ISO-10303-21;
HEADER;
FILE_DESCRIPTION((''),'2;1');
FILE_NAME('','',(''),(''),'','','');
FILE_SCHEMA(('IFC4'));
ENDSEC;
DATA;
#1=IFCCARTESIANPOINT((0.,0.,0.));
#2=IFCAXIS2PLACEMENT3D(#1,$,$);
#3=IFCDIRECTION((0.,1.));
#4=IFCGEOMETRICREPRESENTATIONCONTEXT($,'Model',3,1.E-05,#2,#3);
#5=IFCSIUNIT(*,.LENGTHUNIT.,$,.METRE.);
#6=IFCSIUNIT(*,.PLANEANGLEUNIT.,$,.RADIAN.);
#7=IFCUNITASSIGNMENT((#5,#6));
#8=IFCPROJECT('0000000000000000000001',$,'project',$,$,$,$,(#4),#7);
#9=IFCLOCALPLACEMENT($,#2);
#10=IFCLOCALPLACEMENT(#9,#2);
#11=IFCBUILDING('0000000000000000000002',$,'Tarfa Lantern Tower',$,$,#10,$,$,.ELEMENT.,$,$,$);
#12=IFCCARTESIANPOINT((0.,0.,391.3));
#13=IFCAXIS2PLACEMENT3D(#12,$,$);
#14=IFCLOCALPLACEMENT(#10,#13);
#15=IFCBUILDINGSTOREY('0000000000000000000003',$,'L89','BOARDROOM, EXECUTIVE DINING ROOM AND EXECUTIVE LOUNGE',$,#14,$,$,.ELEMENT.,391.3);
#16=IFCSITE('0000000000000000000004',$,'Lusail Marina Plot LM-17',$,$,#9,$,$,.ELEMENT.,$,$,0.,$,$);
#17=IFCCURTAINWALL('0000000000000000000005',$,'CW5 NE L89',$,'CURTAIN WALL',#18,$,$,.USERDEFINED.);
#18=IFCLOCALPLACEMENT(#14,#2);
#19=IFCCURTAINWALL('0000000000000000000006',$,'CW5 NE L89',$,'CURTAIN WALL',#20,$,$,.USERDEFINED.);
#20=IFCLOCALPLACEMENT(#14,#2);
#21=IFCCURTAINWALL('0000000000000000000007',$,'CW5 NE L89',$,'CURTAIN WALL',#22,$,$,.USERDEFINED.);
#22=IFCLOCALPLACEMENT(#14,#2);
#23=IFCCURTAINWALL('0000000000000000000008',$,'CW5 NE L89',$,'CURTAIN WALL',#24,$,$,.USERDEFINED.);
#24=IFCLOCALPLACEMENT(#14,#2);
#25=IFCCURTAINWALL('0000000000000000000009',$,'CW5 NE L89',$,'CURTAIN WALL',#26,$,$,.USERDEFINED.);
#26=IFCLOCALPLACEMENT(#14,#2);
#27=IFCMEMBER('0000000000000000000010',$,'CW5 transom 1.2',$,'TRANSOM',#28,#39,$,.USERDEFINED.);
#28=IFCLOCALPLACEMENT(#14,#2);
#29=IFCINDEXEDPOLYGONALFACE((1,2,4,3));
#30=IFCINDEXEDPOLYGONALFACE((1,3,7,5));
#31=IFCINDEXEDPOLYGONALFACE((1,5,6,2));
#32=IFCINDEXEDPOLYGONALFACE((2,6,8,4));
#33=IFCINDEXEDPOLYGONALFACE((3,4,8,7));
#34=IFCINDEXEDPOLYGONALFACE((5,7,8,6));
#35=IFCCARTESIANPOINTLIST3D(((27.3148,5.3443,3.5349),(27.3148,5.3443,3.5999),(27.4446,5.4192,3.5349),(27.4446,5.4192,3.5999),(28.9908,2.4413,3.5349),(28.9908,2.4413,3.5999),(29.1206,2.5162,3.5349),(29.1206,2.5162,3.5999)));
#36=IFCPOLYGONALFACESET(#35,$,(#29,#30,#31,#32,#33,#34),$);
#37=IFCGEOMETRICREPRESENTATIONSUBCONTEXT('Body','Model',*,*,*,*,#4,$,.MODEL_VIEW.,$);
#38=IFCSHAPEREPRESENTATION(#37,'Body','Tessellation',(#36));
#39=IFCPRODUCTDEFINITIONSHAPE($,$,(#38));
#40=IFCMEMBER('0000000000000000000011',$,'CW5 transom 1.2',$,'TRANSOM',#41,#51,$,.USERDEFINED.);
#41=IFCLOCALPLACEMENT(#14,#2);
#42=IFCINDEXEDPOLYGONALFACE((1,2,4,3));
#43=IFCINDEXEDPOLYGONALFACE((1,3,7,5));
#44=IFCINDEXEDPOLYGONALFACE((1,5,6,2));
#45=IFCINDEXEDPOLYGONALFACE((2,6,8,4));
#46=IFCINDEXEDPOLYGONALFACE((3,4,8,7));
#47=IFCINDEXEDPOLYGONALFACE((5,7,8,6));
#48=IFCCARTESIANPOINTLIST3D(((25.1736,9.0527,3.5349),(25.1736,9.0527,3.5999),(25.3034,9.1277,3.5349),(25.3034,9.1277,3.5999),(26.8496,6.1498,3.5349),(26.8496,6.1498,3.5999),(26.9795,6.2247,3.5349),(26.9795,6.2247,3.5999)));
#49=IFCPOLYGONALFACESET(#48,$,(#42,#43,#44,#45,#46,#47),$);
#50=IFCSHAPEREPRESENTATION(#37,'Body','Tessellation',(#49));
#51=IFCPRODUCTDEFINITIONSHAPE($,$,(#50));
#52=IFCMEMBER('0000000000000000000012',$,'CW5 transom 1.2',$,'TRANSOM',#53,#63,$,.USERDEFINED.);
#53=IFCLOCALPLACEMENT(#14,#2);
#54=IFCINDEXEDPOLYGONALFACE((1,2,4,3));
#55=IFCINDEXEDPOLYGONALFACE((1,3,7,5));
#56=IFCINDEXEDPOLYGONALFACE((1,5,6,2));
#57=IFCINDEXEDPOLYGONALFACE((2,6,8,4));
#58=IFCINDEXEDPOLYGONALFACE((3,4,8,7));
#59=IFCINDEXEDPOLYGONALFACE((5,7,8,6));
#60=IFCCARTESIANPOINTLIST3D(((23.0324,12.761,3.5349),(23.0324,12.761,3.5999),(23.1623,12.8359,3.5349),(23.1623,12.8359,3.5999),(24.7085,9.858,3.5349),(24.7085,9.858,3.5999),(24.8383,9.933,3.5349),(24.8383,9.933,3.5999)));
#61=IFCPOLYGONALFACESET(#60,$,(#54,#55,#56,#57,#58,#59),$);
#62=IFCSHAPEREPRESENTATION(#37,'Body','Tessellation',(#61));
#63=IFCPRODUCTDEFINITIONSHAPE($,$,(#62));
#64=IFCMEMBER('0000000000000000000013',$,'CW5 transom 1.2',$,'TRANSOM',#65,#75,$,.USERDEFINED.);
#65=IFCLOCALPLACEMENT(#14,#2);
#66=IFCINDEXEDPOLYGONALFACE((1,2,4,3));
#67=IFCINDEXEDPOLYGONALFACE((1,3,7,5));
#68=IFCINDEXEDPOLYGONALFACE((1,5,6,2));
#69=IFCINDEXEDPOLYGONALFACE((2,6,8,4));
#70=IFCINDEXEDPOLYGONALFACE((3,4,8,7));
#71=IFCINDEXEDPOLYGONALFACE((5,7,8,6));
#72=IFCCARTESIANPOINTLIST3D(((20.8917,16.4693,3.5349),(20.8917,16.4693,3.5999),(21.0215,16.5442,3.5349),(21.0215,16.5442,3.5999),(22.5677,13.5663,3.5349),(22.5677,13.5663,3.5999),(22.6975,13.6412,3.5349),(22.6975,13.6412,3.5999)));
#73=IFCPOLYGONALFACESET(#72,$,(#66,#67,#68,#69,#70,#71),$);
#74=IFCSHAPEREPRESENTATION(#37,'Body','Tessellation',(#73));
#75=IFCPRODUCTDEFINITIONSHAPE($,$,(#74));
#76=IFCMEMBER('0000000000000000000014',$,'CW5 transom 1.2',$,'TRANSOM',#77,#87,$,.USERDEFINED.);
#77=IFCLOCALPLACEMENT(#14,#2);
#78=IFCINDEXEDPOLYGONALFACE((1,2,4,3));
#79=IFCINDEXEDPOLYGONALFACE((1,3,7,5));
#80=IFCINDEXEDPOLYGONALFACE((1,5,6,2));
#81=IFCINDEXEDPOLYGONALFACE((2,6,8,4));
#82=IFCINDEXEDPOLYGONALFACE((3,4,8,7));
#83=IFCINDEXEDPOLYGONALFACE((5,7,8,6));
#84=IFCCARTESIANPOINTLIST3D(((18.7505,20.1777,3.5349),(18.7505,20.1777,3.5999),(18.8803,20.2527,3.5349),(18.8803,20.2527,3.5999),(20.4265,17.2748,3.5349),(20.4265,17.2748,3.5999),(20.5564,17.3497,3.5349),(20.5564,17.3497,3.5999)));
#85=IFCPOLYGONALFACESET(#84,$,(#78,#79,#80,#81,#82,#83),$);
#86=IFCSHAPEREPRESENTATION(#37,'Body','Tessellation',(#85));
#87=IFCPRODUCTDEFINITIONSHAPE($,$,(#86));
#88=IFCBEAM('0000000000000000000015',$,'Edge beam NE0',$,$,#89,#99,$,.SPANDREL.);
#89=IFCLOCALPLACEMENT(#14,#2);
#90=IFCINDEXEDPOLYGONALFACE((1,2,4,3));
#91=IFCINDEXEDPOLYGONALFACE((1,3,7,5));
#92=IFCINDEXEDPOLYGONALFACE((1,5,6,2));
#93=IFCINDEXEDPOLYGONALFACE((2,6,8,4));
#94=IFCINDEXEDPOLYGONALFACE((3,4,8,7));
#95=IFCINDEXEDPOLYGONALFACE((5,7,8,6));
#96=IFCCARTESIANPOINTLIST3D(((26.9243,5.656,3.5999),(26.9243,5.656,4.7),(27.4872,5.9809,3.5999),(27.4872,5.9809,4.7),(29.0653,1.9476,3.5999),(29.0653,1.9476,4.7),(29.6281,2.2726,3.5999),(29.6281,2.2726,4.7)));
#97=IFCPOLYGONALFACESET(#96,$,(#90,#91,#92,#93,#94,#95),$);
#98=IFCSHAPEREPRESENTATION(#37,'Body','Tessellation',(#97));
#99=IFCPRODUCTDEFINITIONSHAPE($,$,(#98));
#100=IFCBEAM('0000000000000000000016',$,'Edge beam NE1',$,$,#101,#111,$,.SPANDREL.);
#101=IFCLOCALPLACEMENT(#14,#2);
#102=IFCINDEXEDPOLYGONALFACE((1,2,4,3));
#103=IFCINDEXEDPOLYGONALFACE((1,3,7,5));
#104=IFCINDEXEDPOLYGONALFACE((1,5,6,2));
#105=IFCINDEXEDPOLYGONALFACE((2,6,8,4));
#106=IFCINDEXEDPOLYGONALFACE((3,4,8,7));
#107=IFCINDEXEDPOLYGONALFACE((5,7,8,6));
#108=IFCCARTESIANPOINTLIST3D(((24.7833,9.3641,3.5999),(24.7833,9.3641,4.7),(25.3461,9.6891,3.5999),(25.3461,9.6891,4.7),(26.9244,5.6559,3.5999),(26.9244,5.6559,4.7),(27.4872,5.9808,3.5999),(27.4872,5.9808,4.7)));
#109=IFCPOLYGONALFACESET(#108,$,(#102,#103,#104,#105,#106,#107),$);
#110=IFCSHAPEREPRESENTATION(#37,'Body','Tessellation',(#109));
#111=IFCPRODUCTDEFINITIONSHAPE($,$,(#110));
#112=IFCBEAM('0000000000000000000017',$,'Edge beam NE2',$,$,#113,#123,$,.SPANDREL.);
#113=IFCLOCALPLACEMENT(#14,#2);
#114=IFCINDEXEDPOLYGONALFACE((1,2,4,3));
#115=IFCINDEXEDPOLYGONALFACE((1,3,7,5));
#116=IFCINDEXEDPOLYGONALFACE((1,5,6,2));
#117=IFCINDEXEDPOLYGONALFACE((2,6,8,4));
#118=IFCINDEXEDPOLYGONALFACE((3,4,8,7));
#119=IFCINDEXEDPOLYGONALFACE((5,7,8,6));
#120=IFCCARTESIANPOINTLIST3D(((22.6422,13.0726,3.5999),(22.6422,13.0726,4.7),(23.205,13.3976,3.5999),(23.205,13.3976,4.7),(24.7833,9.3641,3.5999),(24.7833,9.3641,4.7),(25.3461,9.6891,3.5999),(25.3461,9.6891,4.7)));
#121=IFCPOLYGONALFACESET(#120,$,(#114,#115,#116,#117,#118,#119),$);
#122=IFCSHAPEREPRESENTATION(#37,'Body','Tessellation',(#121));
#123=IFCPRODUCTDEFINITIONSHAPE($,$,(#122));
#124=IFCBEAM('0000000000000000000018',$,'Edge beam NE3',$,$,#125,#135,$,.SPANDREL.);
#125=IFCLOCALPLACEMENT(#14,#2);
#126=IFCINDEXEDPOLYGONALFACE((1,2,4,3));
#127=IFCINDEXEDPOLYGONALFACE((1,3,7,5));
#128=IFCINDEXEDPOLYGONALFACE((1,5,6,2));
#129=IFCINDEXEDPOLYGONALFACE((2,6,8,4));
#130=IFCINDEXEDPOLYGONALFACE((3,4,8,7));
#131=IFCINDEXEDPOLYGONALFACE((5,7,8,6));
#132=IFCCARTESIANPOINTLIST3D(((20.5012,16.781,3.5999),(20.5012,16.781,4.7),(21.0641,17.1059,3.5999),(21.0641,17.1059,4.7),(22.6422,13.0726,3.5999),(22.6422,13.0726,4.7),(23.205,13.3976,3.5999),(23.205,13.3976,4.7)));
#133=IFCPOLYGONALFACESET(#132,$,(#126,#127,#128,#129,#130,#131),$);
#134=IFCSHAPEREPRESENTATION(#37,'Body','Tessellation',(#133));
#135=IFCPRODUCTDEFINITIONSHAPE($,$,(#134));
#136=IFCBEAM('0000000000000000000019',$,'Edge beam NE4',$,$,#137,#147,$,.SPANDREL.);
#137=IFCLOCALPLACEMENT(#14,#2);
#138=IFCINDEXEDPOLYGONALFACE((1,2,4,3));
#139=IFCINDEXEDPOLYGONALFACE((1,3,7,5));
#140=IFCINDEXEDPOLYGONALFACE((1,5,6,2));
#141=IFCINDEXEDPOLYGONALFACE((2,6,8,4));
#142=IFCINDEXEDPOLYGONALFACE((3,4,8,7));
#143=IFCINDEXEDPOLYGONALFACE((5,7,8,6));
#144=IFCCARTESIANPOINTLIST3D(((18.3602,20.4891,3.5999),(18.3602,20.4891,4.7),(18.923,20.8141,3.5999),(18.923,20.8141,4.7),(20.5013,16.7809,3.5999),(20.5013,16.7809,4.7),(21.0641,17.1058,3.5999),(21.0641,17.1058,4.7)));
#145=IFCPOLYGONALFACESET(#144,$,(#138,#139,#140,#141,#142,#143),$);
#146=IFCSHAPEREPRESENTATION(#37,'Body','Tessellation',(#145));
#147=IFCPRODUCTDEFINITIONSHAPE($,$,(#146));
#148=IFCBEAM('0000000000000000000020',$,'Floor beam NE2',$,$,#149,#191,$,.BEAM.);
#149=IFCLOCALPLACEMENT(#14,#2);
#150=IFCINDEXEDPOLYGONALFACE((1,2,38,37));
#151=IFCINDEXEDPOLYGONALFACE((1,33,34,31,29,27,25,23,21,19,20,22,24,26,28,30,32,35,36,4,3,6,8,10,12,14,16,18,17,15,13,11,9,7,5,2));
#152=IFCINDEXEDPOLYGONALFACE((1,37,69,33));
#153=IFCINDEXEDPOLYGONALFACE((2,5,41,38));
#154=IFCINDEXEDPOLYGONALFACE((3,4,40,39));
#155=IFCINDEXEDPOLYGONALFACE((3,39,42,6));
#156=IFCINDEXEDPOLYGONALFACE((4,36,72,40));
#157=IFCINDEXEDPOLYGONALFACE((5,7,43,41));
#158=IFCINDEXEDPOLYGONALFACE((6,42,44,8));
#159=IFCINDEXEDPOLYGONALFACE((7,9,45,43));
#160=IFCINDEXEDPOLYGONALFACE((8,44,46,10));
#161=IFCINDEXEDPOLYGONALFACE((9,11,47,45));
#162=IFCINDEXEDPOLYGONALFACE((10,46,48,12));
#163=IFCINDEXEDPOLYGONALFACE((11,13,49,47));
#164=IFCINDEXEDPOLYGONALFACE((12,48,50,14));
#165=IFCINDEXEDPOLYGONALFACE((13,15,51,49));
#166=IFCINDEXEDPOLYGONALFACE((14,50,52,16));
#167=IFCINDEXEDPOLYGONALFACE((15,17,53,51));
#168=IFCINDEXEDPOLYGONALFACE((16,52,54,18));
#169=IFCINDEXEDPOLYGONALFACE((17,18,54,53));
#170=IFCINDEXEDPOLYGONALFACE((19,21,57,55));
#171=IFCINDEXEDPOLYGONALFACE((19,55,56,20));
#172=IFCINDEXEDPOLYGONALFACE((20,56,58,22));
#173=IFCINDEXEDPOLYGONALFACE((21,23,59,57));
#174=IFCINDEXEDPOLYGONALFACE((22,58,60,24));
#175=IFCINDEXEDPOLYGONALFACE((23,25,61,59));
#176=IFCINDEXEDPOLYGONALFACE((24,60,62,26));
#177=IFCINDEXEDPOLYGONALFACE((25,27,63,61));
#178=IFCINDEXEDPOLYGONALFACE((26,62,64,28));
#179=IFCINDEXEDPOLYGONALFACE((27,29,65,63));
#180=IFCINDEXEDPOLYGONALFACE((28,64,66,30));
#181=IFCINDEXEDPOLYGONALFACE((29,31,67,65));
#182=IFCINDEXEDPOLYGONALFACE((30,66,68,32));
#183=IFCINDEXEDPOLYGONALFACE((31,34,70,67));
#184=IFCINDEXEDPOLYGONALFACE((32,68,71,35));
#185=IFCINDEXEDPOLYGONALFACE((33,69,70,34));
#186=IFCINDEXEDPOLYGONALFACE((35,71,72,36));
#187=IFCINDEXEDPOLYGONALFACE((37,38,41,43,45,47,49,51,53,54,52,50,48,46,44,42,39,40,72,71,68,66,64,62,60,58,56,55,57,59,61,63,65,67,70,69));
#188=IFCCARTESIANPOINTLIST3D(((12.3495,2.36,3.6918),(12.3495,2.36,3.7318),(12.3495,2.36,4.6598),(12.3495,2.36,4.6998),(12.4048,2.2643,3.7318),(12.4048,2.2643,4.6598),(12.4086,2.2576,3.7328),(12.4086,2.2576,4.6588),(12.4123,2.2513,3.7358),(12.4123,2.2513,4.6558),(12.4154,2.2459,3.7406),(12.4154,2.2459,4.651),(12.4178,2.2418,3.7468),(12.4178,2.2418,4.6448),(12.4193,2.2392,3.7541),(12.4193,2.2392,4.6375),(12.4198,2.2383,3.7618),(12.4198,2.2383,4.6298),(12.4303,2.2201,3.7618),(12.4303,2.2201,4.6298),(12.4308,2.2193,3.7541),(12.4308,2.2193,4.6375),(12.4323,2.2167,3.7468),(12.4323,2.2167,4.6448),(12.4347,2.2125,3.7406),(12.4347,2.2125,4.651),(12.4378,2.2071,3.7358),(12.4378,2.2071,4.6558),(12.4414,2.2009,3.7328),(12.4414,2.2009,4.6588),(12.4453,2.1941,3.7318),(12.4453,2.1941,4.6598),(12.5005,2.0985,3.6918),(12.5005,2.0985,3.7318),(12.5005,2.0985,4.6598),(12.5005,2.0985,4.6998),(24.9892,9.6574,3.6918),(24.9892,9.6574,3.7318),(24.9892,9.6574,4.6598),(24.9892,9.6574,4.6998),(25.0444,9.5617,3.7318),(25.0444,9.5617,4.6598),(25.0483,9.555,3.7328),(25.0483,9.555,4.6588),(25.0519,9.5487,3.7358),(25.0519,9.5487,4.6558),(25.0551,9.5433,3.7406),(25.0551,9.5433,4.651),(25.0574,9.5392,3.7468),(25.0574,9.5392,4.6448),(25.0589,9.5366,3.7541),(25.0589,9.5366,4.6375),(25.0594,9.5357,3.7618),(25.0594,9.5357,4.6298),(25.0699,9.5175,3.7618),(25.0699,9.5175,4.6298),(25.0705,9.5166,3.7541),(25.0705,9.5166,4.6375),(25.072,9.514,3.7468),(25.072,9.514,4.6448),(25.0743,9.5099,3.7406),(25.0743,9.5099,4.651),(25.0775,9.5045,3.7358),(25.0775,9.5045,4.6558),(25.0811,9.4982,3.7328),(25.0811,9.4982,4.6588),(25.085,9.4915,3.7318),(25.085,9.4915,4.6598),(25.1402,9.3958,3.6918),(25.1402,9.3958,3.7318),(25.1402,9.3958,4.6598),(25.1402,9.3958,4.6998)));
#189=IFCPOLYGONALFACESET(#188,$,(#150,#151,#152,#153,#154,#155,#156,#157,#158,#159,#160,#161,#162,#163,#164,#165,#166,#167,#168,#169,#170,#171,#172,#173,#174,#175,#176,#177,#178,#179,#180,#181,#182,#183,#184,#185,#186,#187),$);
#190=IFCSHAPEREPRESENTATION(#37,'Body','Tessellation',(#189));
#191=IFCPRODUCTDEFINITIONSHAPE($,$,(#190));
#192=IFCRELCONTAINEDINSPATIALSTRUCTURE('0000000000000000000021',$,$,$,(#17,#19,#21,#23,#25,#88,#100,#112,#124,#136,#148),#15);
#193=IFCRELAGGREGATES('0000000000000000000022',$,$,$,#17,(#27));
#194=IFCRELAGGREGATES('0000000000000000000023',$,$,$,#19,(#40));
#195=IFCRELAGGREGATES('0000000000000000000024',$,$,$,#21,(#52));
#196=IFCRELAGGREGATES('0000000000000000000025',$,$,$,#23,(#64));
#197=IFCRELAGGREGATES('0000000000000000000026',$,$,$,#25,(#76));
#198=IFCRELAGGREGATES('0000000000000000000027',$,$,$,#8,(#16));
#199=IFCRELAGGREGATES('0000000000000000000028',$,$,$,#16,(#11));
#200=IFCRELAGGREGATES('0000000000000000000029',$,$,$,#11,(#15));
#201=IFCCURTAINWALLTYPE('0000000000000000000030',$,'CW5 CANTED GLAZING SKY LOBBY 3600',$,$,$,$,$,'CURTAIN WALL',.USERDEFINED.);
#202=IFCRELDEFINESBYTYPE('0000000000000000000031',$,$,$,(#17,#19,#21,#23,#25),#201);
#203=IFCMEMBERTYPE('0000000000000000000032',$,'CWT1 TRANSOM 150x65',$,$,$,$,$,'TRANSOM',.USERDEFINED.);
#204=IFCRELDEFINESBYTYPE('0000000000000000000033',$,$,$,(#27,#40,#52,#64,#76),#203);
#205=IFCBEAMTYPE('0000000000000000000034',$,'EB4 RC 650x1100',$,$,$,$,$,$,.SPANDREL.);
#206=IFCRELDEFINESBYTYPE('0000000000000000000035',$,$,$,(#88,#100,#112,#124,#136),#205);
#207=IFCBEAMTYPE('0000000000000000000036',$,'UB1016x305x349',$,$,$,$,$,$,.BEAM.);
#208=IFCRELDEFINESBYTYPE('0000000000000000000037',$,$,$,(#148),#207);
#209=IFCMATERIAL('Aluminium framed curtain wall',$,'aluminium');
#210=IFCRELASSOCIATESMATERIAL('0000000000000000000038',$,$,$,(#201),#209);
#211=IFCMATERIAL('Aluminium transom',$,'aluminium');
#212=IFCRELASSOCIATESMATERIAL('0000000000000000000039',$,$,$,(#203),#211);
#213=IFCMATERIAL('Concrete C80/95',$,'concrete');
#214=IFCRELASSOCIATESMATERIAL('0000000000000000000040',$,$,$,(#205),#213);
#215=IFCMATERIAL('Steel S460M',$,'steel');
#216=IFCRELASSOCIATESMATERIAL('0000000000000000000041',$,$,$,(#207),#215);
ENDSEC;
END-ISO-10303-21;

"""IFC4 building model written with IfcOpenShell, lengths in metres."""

from ifc_helpers import new_model, si_unit, direction, frame, origin, origin_2d, place, context, subcontext, project, spatial, rectangle, i_section, extrude, material, material_profile, profile_set, type_object, element, aggregate, save


model = new_model("IFC4")

# Units and contexts
model_context = context("Model", 3, precision=1e-05, world=origin(), true_north=direction((0.0, 1.0)))
body_context = subcontext(model_context, "Body", "Model", "MODEL_VIEW")
ifc_project = project(units=[si_unit("LENGTHUNIT", "METRE"), si_unit("PLANEANGLEUNIT", "RADIAN")], contexts=[model_context])

# Site, building, storey
site_placement = place(None, origin())
site = spatial("IfcSite", under=ifc_project, at=site_placement, Name="Lusail Marina Plot LM-17", CompositionType="ELEMENT", RefElevation=0.0)
building_placement = place(site_placement, origin())
building = spatial("IfcBuilding", under=site, at=building_placement, Name="Tarfa Lantern Tower", CompositionType="ELEMENT")
storey_placement = place(building_placement, frame((0.0, 0.0, 391.3)))
storey = spatial("IfcBuildingStorey", under=building, at=storey_placement, Name="L89", Description="BOARDROOM, EXECUTIVE DINING ROOM AND EXECUTIVE LOUNGE", CompositionType="ELEMENT", Elevation=391.3)

# Shared definitions
ifc_material_1 = material(Name="Concrete C80/95", Category="concrete")

# Curtain walls
ifc_material_2 = material(Name="Aluminium framed curtain wall", Category="aluminium")
curtain_wall_type = type_object("IfcCurtainWallType", Name="CW5 CANTED GLAZING SKY LOBBY 3600", ElementType="CURTAIN WALL", PredefinedType="USERDEFINED", material=ifc_material_2)
curtain_wall_1_placement = place(storey_placement, origin())
curtain_wall_1 = element("IfcCurtainWall", 1, at=curtain_wall_1_placement, inside=storey, type_object=curtain_wall_type, Name="CW5 NE L89", ObjectType="CURTAIN WALL", PredefinedType="USERDEFINED")
curtain_wall_2_placement = place(storey_placement, origin())
curtain_wall_2 = element("IfcCurtainWall", 2, at=curtain_wall_2_placement, inside=storey, type_object=curtain_wall_type, Name="CW5 NE L89", ObjectType="CURTAIN WALL", PredefinedType="USERDEFINED")
curtain_wall_3_placement = place(storey_placement, origin())
curtain_wall_3 = element("IfcCurtainWall", 3, at=curtain_wall_3_placement, inside=storey, type_object=curtain_wall_type, Name="CW5 NE L89", ObjectType="CURTAIN WALL", PredefinedType="USERDEFINED")
curtain_wall_4_placement = place(storey_placement, origin())
curtain_wall_4 = element("IfcCurtainWall", 4, at=curtain_wall_4_placement, inside=storey, type_object=curtain_wall_type, Name="CW5 NE L89", ObjectType="CURTAIN WALL", PredefinedType="USERDEFINED")
curtain_wall_5_placement = place(storey_placement, origin())
curtain_wall_5 = element("IfcCurtainWall", 5, at=curtain_wall_5_placement, inside=storey, type_object=curtain_wall_type, Name="CW5 NE L89", ObjectType="CURTAIN WALL", PredefinedType="USERDEFINED")

# Members
ifc_material_3 = material(Name="Aluminium transom", Category="aluminium")
ifc_material_profile_1 = material_profile(ifc_material_3, rectangle(XDim=0.1499, YDim=0.0649, at=origin_2d()), Name="AL TRANSOM 150x65")
ifc_profile_set_1 = profile_set([ifc_material_profile_1], Name="Aluminium transom")
member_type_1 = type_object("IfcMemberType", Name="CWT1 TRANSOM 150x65", ElementType="TRANSOM", PredefinedType="USERDEFINED", material=ifc_profile_set_1)
member_1_placement = place(storey_placement, frame((29.0557, 2.4788, 3.5674), z_axis=(-0.499985, 0.866034, 0.0), x_axis=(-0.866034, -0.499985, 0.0)))
member_1 = element("IfcMember", 6, at=member_1_placement, type_object=member_type_1, Name="CW5 transom 1.2", ObjectType="TRANSOM", PredefinedType="USERDEFINED", context=body_context, shape_type="SweptSolid", body=[
    extrude(rectangle(XDim=0.1499, YDim=0.0649, at=origin_2d()), origin(), (0.0, 0.0, 1.0), 3.3521),
])
member_2_placement = place(storey_placement, frame((26.9146, 6.1873, 3.5674), z_axis=(-0.500017, 0.866016, 0.0), x_axis=(-0.866016, -0.500017, 0.0)))
member_2 = element("IfcMember", 7, at=member_2_placement, type_object=member_type_1, Name="CW5 transom 1.2", ObjectType="TRANSOM", PredefinedType="USERDEFINED", context=body_context, shape_type="SweptSolid", body=[
    extrude(rectangle(XDim=0.1499, YDim=0.0649, at=origin_2d()), origin(), (0.0, 0.0, 1.0), 3.3521),
])
member_3_placement = place(storey_placement, frame((24.7734, 9.8955, 3.5674), z_axis=(-0.500017, 0.866016, 0.0), x_axis=(-0.866016, -0.500017, 0.0)))
member_3 = element("IfcMember", 8, at=member_3_placement, type_object=member_type_1, Name="CW5 transom 1.2", ObjectType="TRANSOM", PredefinedType="USERDEFINED", context=body_context, shape_type="SweptSolid", body=[
    extrude(rectangle(XDim=0.1499, YDim=0.0649, at=origin_2d()), origin(), (0.0, 0.0, 1.0), 3.3521),
])
member_4_placement = place(storey_placement, frame((22.6326, 13.6038, 3.5674), z_axis=(-0.499985, 0.866034, 0.0), x_axis=(-0.866034, -0.499985, 0.0)))
member_4 = element("IfcMember", 9, at=member_4_placement, type_object=member_type_1, Name="CW5 transom 1.2", ObjectType="TRANSOM", PredefinedType="USERDEFINED", context=body_context, shape_type="SweptSolid", body=[
    extrude(rectangle(XDim=0.1499, YDim=0.0649, at=origin_2d()), origin(), (0.0, 0.0, 1.0), 3.3521),
])
member_5_placement = place(storey_placement, frame((20.4915, 17.3123, 3.5674), z_axis=(-0.500017, 0.866016, 0.0), x_axis=(-0.866016, -0.500017, 0.0)))
member_5 = element("IfcMember", 10, at=member_5_placement, type_object=member_type_1, Name="CW5 transom 1.2", ObjectType="TRANSOM", PredefinedType="USERDEFINED", context=body_context, shape_type="SweptSolid", body=[
    extrude(rectangle(XDim=0.1499, YDim=0.0649, at=origin_2d()), origin(), (0.0, 0.0, 1.0), 3.3521),
])

# Beams
ifc_material_profile_2 = material_profile(ifc_material_1, rectangle(XDim=0.6499, YDim=1.1001, at=origin_2d()), Name="RC 650x1100")
ifc_profile_set_2 = profile_set([ifc_material_profile_2], Name="Concrete C80/95")
beam_type_1 = type_object("IfcBeamType", Name="EB4 RC 650x1100", PredefinedType="SPANDREL", material=ifc_profile_set_2)
for number, where, z_axis, x_axis, name in (
    (11, (29.3467, 2.1101, 4.1499), (-0.499984, 0.866035, 0.0), (-0.866035, -0.499984, 0.0), "Edge beam NE0"),
    (12, (27.2058, 5.8184, 4.1499), (-0.500027, 0.86601, 0.0), (-0.86601, -0.500027, 0.0), "Edge beam NE1"),
):
    element("IfcBeam", number, at=place(storey_placement, frame(where, z_axis=z_axis, x_axis=x_axis)), inside=storey, type_object=beam_type_1, Name=name, PredefinedType="SPANDREL", context=body_context, shape_type="SweptSolid", body=[
        extrude(rectangle(XDim=0.6499, YDim=1.1001, at=origin_2d()), origin(), (0.0, 0.0, 1.0), 4.282),
    ])
beam_1_placement = place(storey_placement, frame((25.0647, 9.5266, 4.1499), z_axis=(-0.500002, 0.866024, 0.0), x_axis=(-0.866024, -0.500002, 0.0)))
element("IfcBeam", 13, at=beam_1_placement, inside=storey, type_object=beam_type_1, Name="Edge beam NE2", PredefinedType="SPANDREL", context=body_context, shape_type="SweptSolid", body=[
    extrude(rectangle(XDim=0.6499, YDim=1.1001, at=origin_2d()), origin(), (0.0, 0.0, 1.0), 4.2822),
])
for number, where, z_axis, x_axis, name in (
    (14, (22.9236, 13.2351, 4.1499), (-0.499984, 0.866035, 0.0), (-0.866035, -0.499984, 0.0), "Edge beam NE3"),
    (15, (20.7827, 16.9434, 4.1499), (-0.500027, 0.86601, 0.0), (-0.86601, -0.500027, 0.0), "Edge beam NE4"),
):
    element("IfcBeam", number, at=place(storey_placement, frame(where, z_axis=z_axis, x_axis=x_axis)), inside=storey, type_object=beam_type_1, Name=name, PredefinedType="SPANDREL", context=body_context, shape_type="SweptSolid", body=[
        extrude(rectangle(XDim=0.6499, YDim=1.1001, at=origin_2d()), origin(), (0.0, 0.0, 1.0), 4.282),
    ])
ifc_material_4 = material(Name="Steel S460M", Category="steel")
ifc_material_profile_3 = material_profile(ifc_material_4, i_section(OverallWidth=0.302, OverallDepth=1.0081, WebThickness=0.021, FlangeThickness=0.04, FilletRadius=0.03, at=origin_2d()), Name="UB1016x305x349")
ifc_profile_set_3 = profile_set([ifc_material_profile_3], Name="Steel S460M")
beam_type_2 = type_object("IfcBeamType", Name="UB1016x305x349", PredefinedType="BEAM", material=ifc_profile_set_3)
beam_2_placement = place(storey_placement, frame((25.0647, 9.5266, 4.1958), z_axis=(-0.86603, -0.499993, 0.0), x_axis=(0.499993, -0.86603, 0.0)))
element("IfcBeam", 16, at=beam_2_placement, inside=storey, type_object=beam_type_2, Name="Floor beam NE2", PredefinedType="BEAM", context=body_context, shape_type="SweptSolid", body=[
    extrude(i_section(OverallWidth=0.302, OverallDepth=1.0081, WebThickness=0.021, FlangeThickness=0.04, FilletRadius=0.03, at=origin_2d()), origin(), (0.0, 0.0, 1.0), 14.595),
])

aggregate(curtain_wall_1, [member_1])
aggregate(curtain_wall_2, [member_2])
aggregate(curtain_wall_3, [member_3])
aggregate(curtain_wall_4, [member_4])
aggregate(curtain_wall_5, [member_5])

save(model, "model.ifc")
